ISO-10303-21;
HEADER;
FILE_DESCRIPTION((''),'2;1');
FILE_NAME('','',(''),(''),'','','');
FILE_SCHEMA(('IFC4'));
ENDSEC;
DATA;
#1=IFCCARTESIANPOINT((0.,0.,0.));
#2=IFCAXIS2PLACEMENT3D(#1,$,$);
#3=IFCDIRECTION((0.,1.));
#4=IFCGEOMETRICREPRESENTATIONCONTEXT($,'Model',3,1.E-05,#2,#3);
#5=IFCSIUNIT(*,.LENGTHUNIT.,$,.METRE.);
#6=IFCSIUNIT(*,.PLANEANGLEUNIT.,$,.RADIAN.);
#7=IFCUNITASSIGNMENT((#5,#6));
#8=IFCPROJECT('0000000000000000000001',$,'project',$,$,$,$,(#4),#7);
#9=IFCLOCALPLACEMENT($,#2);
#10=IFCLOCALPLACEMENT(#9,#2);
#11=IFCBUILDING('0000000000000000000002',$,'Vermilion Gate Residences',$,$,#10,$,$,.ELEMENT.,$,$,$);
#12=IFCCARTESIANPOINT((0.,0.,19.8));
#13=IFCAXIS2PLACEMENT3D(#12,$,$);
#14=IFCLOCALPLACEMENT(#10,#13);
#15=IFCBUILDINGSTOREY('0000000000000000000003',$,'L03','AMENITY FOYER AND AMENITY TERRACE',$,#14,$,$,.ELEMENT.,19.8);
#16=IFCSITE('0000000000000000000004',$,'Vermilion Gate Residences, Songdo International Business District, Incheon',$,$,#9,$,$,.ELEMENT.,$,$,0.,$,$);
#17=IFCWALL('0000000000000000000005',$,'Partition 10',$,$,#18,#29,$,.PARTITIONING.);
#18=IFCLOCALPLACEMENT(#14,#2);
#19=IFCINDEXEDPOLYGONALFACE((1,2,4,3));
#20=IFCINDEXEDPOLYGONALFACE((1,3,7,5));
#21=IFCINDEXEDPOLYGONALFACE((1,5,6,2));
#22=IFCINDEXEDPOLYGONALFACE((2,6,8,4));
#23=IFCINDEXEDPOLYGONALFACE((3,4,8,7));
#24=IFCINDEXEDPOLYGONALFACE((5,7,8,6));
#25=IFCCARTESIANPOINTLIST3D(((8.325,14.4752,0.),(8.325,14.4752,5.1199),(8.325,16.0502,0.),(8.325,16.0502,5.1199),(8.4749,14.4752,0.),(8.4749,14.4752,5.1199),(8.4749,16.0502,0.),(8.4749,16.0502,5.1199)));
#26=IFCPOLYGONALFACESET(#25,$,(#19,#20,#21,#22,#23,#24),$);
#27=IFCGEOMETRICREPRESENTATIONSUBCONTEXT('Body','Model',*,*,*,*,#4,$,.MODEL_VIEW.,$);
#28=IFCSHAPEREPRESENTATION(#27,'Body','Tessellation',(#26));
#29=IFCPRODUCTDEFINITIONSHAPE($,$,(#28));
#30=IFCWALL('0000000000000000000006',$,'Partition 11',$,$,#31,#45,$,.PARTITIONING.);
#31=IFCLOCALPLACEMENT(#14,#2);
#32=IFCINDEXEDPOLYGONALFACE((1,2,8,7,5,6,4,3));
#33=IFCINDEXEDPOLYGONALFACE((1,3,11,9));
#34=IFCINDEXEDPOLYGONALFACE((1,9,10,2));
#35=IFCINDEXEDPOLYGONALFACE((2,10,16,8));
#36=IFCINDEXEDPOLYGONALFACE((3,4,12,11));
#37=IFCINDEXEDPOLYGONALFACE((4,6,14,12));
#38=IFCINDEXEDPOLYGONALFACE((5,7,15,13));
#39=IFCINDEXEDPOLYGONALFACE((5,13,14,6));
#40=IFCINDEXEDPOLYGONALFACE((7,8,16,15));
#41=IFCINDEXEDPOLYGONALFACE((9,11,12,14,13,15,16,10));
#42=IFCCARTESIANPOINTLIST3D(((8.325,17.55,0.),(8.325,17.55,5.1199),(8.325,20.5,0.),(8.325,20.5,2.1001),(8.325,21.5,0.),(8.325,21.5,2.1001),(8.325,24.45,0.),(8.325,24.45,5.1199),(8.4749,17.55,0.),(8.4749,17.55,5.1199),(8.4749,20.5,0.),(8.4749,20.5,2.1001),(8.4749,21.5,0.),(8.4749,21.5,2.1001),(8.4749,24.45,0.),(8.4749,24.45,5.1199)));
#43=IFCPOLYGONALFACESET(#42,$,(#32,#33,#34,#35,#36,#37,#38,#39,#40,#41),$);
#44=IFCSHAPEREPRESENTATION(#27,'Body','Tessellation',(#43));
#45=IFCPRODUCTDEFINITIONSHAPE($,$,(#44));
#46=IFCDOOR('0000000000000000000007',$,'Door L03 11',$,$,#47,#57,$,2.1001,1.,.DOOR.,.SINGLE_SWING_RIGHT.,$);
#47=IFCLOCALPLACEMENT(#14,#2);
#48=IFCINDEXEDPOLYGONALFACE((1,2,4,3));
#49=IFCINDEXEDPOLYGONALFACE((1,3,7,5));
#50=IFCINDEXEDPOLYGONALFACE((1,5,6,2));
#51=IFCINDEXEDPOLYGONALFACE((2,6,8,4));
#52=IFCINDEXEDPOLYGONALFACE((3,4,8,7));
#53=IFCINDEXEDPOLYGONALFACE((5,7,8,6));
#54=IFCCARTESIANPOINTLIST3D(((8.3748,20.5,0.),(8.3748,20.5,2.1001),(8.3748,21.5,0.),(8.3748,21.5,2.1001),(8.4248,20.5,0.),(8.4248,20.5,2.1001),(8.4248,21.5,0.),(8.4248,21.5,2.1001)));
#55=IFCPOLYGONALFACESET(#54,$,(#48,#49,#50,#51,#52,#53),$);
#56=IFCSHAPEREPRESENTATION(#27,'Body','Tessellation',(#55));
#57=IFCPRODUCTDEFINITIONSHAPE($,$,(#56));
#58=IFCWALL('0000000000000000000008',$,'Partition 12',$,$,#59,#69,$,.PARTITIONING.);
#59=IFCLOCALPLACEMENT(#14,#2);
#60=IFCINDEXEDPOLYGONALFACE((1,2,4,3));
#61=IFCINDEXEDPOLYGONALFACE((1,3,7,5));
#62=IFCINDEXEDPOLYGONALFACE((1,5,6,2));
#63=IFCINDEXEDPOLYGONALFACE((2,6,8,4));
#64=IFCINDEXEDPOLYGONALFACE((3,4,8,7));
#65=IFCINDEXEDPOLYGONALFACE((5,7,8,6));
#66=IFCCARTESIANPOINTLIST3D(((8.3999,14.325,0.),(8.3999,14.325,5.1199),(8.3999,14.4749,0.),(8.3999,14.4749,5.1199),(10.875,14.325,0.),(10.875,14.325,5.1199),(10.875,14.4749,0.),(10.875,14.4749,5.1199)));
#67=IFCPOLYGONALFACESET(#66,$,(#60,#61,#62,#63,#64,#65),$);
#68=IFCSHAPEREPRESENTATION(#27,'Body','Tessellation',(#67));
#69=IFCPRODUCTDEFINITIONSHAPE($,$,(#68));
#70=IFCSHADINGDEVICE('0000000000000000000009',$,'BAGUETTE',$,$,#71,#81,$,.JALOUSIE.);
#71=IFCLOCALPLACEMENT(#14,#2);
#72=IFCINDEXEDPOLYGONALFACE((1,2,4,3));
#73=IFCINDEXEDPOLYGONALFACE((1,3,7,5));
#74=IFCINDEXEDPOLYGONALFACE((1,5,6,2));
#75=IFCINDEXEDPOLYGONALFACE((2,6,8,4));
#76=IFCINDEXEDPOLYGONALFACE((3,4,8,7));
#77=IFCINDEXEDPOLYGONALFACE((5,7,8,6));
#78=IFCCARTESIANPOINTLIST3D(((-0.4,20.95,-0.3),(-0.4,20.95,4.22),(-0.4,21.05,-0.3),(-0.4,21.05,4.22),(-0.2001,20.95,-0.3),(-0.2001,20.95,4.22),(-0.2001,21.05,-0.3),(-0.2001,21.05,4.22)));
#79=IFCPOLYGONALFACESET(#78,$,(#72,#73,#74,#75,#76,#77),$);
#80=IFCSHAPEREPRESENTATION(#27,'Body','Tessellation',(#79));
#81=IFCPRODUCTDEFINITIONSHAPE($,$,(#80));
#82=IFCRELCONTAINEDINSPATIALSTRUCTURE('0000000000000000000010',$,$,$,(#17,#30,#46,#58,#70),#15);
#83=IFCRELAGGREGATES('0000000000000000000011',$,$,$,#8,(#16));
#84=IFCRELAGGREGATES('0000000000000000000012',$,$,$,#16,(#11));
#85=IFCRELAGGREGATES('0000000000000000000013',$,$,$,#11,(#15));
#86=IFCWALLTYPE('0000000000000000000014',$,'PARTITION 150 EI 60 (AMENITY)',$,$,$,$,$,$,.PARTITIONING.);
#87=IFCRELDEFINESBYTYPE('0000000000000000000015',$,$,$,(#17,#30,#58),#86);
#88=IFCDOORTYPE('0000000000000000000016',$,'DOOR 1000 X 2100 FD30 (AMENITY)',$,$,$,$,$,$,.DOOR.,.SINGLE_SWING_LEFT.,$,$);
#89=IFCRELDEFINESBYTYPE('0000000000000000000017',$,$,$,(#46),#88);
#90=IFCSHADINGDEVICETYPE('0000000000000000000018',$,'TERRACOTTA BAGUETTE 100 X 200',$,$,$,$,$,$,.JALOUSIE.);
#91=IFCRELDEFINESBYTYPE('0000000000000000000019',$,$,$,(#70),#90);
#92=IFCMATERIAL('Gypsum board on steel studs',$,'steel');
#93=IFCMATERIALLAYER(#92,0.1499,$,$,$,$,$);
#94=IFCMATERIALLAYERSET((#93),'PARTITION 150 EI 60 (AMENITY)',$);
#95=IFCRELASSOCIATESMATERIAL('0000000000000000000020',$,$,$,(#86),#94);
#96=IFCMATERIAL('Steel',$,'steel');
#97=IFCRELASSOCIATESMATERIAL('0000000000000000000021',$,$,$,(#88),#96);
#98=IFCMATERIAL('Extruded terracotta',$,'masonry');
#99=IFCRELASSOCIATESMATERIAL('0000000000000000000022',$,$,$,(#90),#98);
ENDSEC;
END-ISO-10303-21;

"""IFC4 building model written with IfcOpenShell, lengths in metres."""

from ifc_helpers import new_model, si_unit, direction, frame, frame_2d, origin, origin_2d, place, context, subcontext, project, spatial, rectangle, extrude, material, layer, layer_set, material_profile, profile_set, type_object, element, fill, save


model = new_model("IFC4")

# Units and contexts
model_context = context("Model", 3, precision=1e-05, world=origin(), true_north=direction((0.0, 1.0)))
body_context = subcontext(model_context, "Body", "Model", "MODEL_VIEW")
ifc_project = project(units=[si_unit("LENGTHUNIT", "METRE"), si_unit("PLANEANGLEUNIT", "RADIAN")], contexts=[model_context])

# Site, building, storey
site_placement = place(None, origin())
site = spatial("IfcSite", under=ifc_project, at=site_placement, Name="Vermilion Gate Residences, Songdo International Business District, Incheon", CompositionType="ELEMENT", RefElevation=0.0)
building_placement = place(site_placement, origin())
building = spatial("IfcBuilding", under=site, at=building_placement, Name="Vermilion Gate Residences", CompositionType="ELEMENT")
storey_placement = place(building_placement, frame((0.0, 0.0, 19.8)))
storey = spatial("IfcBuildingStorey", under=building, at=storey_placement, Name="L03", Description="AMENITY FOYER AND AMENITY TERRACE", CompositionType="ELEMENT", Elevation=19.8)

# Wall
ifc_material_1 = material(Name="Gypsum board on steel studs", Category="steel")
ifc_layer_1 = layer(ifc_material_1, 0.1499)
ifc_layer_set_1 = layer_set([ifc_layer_1], Name="PARTITION 150 EI 60 (AMENITY)")
wall_type = type_object("IfcWallType", Name="PARTITION 150 EI 60 (AMENITY)", PredefinedType="PARTITIONING", material=ifc_layer_set_1)
wall_1_placement = place(storey_placement, frame((8.3999, 14.4751, 0.0), z_axis=(0.0, 0.0, 1.0), x_axis=(0.0, 1.0, 0.0)))
element("IfcWall", 1, at=wall_1_placement, inside=storey, type_object=wall_type, Name="Partition 10", PredefinedType="PARTITIONING", context=body_context, shape_type="SweptSolid", body=[
    extrude(rectangle(XDim=1.575, YDim=0.1499, at=frame_2d((0.7876, 0.0))), origin(), (0.0, 0.0, 1.0), 5.1199),
])

# Wall, opening, door
wall_2_placement = place(storey_placement, frame((8.3999, 17.55, 0.0), z_axis=(0.0, 0.0, 1.0), x_axis=(0.0, 1.0, 0.0)))
wall_2 = element("IfcWall", 2, at=wall_2_placement, inside=storey, type_object=wall_type, Name="Partition 11", PredefinedType="PARTITIONING", context=body_context, shape_type="SweptSolid", body=[
    extrude(rectangle(XDim=6.8999, YDim=0.1499, at=frame_2d((3.45, 0.0))), origin(), (0.0, 0.0, 1.0), 5.1199),
])
opening_placement = place(wall_2_placement, frame((2.95, 0.0, 0.0)))
opening = element("IfcOpeningElement", 3, at=opening_placement, cuts=wall_2, PredefinedType="OPENING", context=body_context, shape_type="SweptSolid", body=[
    extrude(rectangle(XDim=1.0, YDim=2.1001, at=frame_2d((0.5, 1.05))), frame((0.0, 0.085, 0.0), z_axis=(0.0, -1.0, 0.0), x_axis=(1.0, 0.0, 0.0)), (0.0, 0.0, 1.0), 0.1699),
])
ifc_material_2 = material(Name="Steel", Category="steel")
door_type = type_object("IfcDoorType", Name="DOOR 1000 X 2100 FD30 (AMENITY)", OperationType="SINGLE_SWING_LEFT", PredefinedType="DOOR", material=ifc_material_2)
door_placement = place(opening_placement, frame((1.0, 0.0, 0.0), z_axis=(0.0, 0.0, 1.0), x_axis=(-1.0, 0.0, 0.0)))
door = element("IfcDoor", 4, at=door_placement, inside=storey, type_object=door_type, Name="Door L03 11", OperationType="SINGLE_SWING_RIGHT", OverallHeight=2.1001, OverallWidth=1.0, PredefinedType="DOOR", context=body_context, shape_type="SweptSolid", body=[
    extrude(rectangle(XDim=1.0, YDim=2.1001, at=frame_2d((0.5, 1.05))), frame((0.0, 0.0249, 0.0), z_axis=(0.0, -1.0, 0.0), x_axis=(1.0, 0.0, 0.0)), (0.0, 0.0, 1.0), 0.05),
])
fill(opening, door)

# Wall
wall_3_placement = place(storey_placement, frame((8.3999, 14.3999, 0.0), z_axis=(0.0, 0.0, 1.0), x_axis=(1.0, 0.0, 0.0)))
element("IfcWall", 5, at=wall_3_placement, inside=storey, type_object=wall_type, Name="Partition 12", PredefinedType="PARTITIONING", context=body_context, shape_type="SweptSolid", body=[
    extrude(rectangle(XDim=2.4751, YDim=0.1499, at=frame_2d((1.2375, 0.0))), origin(), (0.0, 0.0, 1.0), 5.1199),
])

# Shading device
ifc_material_3 = material(Name="Extruded terracotta", Category="masonry")
ifc_material_profile_1 = material_profile(ifc_material_3, rectangle(XDim=0.2, YDim=0.1001, at=origin_2d()), Name="BAGUETTE 100 X 200")
ifc_profile_set_1 = profile_set([ifc_material_profile_1], Name="Extruded terracotta")
shading_device_type = type_object("IfcShadingDeviceType", Name="TERRACOTTA BAGUETTE 100 X 200", PredefinedType="JALOUSIE", material=ifc_profile_set_1)
shading_device_placement = place(storey_placement, frame((-0.3, 21.0, -0.3), z_axis=(0.0, 0.0, 1.0), x_axis=(1.0, 0.0, 0.0)))
element("IfcShadingDevice", 6, at=shading_device_placement, inside=storey, type_object=shading_device_type, Name="BAGUETTE", PredefinedType="JALOUSIE", context=body_context, shape_type="SweptSolid", body=[
    extrude(rectangle(XDim=0.2, YDim=0.1001, at=origin_2d()), origin(), (0.0, 0.0, 1.0), 4.52),
])

save(model, "model.ifc")
